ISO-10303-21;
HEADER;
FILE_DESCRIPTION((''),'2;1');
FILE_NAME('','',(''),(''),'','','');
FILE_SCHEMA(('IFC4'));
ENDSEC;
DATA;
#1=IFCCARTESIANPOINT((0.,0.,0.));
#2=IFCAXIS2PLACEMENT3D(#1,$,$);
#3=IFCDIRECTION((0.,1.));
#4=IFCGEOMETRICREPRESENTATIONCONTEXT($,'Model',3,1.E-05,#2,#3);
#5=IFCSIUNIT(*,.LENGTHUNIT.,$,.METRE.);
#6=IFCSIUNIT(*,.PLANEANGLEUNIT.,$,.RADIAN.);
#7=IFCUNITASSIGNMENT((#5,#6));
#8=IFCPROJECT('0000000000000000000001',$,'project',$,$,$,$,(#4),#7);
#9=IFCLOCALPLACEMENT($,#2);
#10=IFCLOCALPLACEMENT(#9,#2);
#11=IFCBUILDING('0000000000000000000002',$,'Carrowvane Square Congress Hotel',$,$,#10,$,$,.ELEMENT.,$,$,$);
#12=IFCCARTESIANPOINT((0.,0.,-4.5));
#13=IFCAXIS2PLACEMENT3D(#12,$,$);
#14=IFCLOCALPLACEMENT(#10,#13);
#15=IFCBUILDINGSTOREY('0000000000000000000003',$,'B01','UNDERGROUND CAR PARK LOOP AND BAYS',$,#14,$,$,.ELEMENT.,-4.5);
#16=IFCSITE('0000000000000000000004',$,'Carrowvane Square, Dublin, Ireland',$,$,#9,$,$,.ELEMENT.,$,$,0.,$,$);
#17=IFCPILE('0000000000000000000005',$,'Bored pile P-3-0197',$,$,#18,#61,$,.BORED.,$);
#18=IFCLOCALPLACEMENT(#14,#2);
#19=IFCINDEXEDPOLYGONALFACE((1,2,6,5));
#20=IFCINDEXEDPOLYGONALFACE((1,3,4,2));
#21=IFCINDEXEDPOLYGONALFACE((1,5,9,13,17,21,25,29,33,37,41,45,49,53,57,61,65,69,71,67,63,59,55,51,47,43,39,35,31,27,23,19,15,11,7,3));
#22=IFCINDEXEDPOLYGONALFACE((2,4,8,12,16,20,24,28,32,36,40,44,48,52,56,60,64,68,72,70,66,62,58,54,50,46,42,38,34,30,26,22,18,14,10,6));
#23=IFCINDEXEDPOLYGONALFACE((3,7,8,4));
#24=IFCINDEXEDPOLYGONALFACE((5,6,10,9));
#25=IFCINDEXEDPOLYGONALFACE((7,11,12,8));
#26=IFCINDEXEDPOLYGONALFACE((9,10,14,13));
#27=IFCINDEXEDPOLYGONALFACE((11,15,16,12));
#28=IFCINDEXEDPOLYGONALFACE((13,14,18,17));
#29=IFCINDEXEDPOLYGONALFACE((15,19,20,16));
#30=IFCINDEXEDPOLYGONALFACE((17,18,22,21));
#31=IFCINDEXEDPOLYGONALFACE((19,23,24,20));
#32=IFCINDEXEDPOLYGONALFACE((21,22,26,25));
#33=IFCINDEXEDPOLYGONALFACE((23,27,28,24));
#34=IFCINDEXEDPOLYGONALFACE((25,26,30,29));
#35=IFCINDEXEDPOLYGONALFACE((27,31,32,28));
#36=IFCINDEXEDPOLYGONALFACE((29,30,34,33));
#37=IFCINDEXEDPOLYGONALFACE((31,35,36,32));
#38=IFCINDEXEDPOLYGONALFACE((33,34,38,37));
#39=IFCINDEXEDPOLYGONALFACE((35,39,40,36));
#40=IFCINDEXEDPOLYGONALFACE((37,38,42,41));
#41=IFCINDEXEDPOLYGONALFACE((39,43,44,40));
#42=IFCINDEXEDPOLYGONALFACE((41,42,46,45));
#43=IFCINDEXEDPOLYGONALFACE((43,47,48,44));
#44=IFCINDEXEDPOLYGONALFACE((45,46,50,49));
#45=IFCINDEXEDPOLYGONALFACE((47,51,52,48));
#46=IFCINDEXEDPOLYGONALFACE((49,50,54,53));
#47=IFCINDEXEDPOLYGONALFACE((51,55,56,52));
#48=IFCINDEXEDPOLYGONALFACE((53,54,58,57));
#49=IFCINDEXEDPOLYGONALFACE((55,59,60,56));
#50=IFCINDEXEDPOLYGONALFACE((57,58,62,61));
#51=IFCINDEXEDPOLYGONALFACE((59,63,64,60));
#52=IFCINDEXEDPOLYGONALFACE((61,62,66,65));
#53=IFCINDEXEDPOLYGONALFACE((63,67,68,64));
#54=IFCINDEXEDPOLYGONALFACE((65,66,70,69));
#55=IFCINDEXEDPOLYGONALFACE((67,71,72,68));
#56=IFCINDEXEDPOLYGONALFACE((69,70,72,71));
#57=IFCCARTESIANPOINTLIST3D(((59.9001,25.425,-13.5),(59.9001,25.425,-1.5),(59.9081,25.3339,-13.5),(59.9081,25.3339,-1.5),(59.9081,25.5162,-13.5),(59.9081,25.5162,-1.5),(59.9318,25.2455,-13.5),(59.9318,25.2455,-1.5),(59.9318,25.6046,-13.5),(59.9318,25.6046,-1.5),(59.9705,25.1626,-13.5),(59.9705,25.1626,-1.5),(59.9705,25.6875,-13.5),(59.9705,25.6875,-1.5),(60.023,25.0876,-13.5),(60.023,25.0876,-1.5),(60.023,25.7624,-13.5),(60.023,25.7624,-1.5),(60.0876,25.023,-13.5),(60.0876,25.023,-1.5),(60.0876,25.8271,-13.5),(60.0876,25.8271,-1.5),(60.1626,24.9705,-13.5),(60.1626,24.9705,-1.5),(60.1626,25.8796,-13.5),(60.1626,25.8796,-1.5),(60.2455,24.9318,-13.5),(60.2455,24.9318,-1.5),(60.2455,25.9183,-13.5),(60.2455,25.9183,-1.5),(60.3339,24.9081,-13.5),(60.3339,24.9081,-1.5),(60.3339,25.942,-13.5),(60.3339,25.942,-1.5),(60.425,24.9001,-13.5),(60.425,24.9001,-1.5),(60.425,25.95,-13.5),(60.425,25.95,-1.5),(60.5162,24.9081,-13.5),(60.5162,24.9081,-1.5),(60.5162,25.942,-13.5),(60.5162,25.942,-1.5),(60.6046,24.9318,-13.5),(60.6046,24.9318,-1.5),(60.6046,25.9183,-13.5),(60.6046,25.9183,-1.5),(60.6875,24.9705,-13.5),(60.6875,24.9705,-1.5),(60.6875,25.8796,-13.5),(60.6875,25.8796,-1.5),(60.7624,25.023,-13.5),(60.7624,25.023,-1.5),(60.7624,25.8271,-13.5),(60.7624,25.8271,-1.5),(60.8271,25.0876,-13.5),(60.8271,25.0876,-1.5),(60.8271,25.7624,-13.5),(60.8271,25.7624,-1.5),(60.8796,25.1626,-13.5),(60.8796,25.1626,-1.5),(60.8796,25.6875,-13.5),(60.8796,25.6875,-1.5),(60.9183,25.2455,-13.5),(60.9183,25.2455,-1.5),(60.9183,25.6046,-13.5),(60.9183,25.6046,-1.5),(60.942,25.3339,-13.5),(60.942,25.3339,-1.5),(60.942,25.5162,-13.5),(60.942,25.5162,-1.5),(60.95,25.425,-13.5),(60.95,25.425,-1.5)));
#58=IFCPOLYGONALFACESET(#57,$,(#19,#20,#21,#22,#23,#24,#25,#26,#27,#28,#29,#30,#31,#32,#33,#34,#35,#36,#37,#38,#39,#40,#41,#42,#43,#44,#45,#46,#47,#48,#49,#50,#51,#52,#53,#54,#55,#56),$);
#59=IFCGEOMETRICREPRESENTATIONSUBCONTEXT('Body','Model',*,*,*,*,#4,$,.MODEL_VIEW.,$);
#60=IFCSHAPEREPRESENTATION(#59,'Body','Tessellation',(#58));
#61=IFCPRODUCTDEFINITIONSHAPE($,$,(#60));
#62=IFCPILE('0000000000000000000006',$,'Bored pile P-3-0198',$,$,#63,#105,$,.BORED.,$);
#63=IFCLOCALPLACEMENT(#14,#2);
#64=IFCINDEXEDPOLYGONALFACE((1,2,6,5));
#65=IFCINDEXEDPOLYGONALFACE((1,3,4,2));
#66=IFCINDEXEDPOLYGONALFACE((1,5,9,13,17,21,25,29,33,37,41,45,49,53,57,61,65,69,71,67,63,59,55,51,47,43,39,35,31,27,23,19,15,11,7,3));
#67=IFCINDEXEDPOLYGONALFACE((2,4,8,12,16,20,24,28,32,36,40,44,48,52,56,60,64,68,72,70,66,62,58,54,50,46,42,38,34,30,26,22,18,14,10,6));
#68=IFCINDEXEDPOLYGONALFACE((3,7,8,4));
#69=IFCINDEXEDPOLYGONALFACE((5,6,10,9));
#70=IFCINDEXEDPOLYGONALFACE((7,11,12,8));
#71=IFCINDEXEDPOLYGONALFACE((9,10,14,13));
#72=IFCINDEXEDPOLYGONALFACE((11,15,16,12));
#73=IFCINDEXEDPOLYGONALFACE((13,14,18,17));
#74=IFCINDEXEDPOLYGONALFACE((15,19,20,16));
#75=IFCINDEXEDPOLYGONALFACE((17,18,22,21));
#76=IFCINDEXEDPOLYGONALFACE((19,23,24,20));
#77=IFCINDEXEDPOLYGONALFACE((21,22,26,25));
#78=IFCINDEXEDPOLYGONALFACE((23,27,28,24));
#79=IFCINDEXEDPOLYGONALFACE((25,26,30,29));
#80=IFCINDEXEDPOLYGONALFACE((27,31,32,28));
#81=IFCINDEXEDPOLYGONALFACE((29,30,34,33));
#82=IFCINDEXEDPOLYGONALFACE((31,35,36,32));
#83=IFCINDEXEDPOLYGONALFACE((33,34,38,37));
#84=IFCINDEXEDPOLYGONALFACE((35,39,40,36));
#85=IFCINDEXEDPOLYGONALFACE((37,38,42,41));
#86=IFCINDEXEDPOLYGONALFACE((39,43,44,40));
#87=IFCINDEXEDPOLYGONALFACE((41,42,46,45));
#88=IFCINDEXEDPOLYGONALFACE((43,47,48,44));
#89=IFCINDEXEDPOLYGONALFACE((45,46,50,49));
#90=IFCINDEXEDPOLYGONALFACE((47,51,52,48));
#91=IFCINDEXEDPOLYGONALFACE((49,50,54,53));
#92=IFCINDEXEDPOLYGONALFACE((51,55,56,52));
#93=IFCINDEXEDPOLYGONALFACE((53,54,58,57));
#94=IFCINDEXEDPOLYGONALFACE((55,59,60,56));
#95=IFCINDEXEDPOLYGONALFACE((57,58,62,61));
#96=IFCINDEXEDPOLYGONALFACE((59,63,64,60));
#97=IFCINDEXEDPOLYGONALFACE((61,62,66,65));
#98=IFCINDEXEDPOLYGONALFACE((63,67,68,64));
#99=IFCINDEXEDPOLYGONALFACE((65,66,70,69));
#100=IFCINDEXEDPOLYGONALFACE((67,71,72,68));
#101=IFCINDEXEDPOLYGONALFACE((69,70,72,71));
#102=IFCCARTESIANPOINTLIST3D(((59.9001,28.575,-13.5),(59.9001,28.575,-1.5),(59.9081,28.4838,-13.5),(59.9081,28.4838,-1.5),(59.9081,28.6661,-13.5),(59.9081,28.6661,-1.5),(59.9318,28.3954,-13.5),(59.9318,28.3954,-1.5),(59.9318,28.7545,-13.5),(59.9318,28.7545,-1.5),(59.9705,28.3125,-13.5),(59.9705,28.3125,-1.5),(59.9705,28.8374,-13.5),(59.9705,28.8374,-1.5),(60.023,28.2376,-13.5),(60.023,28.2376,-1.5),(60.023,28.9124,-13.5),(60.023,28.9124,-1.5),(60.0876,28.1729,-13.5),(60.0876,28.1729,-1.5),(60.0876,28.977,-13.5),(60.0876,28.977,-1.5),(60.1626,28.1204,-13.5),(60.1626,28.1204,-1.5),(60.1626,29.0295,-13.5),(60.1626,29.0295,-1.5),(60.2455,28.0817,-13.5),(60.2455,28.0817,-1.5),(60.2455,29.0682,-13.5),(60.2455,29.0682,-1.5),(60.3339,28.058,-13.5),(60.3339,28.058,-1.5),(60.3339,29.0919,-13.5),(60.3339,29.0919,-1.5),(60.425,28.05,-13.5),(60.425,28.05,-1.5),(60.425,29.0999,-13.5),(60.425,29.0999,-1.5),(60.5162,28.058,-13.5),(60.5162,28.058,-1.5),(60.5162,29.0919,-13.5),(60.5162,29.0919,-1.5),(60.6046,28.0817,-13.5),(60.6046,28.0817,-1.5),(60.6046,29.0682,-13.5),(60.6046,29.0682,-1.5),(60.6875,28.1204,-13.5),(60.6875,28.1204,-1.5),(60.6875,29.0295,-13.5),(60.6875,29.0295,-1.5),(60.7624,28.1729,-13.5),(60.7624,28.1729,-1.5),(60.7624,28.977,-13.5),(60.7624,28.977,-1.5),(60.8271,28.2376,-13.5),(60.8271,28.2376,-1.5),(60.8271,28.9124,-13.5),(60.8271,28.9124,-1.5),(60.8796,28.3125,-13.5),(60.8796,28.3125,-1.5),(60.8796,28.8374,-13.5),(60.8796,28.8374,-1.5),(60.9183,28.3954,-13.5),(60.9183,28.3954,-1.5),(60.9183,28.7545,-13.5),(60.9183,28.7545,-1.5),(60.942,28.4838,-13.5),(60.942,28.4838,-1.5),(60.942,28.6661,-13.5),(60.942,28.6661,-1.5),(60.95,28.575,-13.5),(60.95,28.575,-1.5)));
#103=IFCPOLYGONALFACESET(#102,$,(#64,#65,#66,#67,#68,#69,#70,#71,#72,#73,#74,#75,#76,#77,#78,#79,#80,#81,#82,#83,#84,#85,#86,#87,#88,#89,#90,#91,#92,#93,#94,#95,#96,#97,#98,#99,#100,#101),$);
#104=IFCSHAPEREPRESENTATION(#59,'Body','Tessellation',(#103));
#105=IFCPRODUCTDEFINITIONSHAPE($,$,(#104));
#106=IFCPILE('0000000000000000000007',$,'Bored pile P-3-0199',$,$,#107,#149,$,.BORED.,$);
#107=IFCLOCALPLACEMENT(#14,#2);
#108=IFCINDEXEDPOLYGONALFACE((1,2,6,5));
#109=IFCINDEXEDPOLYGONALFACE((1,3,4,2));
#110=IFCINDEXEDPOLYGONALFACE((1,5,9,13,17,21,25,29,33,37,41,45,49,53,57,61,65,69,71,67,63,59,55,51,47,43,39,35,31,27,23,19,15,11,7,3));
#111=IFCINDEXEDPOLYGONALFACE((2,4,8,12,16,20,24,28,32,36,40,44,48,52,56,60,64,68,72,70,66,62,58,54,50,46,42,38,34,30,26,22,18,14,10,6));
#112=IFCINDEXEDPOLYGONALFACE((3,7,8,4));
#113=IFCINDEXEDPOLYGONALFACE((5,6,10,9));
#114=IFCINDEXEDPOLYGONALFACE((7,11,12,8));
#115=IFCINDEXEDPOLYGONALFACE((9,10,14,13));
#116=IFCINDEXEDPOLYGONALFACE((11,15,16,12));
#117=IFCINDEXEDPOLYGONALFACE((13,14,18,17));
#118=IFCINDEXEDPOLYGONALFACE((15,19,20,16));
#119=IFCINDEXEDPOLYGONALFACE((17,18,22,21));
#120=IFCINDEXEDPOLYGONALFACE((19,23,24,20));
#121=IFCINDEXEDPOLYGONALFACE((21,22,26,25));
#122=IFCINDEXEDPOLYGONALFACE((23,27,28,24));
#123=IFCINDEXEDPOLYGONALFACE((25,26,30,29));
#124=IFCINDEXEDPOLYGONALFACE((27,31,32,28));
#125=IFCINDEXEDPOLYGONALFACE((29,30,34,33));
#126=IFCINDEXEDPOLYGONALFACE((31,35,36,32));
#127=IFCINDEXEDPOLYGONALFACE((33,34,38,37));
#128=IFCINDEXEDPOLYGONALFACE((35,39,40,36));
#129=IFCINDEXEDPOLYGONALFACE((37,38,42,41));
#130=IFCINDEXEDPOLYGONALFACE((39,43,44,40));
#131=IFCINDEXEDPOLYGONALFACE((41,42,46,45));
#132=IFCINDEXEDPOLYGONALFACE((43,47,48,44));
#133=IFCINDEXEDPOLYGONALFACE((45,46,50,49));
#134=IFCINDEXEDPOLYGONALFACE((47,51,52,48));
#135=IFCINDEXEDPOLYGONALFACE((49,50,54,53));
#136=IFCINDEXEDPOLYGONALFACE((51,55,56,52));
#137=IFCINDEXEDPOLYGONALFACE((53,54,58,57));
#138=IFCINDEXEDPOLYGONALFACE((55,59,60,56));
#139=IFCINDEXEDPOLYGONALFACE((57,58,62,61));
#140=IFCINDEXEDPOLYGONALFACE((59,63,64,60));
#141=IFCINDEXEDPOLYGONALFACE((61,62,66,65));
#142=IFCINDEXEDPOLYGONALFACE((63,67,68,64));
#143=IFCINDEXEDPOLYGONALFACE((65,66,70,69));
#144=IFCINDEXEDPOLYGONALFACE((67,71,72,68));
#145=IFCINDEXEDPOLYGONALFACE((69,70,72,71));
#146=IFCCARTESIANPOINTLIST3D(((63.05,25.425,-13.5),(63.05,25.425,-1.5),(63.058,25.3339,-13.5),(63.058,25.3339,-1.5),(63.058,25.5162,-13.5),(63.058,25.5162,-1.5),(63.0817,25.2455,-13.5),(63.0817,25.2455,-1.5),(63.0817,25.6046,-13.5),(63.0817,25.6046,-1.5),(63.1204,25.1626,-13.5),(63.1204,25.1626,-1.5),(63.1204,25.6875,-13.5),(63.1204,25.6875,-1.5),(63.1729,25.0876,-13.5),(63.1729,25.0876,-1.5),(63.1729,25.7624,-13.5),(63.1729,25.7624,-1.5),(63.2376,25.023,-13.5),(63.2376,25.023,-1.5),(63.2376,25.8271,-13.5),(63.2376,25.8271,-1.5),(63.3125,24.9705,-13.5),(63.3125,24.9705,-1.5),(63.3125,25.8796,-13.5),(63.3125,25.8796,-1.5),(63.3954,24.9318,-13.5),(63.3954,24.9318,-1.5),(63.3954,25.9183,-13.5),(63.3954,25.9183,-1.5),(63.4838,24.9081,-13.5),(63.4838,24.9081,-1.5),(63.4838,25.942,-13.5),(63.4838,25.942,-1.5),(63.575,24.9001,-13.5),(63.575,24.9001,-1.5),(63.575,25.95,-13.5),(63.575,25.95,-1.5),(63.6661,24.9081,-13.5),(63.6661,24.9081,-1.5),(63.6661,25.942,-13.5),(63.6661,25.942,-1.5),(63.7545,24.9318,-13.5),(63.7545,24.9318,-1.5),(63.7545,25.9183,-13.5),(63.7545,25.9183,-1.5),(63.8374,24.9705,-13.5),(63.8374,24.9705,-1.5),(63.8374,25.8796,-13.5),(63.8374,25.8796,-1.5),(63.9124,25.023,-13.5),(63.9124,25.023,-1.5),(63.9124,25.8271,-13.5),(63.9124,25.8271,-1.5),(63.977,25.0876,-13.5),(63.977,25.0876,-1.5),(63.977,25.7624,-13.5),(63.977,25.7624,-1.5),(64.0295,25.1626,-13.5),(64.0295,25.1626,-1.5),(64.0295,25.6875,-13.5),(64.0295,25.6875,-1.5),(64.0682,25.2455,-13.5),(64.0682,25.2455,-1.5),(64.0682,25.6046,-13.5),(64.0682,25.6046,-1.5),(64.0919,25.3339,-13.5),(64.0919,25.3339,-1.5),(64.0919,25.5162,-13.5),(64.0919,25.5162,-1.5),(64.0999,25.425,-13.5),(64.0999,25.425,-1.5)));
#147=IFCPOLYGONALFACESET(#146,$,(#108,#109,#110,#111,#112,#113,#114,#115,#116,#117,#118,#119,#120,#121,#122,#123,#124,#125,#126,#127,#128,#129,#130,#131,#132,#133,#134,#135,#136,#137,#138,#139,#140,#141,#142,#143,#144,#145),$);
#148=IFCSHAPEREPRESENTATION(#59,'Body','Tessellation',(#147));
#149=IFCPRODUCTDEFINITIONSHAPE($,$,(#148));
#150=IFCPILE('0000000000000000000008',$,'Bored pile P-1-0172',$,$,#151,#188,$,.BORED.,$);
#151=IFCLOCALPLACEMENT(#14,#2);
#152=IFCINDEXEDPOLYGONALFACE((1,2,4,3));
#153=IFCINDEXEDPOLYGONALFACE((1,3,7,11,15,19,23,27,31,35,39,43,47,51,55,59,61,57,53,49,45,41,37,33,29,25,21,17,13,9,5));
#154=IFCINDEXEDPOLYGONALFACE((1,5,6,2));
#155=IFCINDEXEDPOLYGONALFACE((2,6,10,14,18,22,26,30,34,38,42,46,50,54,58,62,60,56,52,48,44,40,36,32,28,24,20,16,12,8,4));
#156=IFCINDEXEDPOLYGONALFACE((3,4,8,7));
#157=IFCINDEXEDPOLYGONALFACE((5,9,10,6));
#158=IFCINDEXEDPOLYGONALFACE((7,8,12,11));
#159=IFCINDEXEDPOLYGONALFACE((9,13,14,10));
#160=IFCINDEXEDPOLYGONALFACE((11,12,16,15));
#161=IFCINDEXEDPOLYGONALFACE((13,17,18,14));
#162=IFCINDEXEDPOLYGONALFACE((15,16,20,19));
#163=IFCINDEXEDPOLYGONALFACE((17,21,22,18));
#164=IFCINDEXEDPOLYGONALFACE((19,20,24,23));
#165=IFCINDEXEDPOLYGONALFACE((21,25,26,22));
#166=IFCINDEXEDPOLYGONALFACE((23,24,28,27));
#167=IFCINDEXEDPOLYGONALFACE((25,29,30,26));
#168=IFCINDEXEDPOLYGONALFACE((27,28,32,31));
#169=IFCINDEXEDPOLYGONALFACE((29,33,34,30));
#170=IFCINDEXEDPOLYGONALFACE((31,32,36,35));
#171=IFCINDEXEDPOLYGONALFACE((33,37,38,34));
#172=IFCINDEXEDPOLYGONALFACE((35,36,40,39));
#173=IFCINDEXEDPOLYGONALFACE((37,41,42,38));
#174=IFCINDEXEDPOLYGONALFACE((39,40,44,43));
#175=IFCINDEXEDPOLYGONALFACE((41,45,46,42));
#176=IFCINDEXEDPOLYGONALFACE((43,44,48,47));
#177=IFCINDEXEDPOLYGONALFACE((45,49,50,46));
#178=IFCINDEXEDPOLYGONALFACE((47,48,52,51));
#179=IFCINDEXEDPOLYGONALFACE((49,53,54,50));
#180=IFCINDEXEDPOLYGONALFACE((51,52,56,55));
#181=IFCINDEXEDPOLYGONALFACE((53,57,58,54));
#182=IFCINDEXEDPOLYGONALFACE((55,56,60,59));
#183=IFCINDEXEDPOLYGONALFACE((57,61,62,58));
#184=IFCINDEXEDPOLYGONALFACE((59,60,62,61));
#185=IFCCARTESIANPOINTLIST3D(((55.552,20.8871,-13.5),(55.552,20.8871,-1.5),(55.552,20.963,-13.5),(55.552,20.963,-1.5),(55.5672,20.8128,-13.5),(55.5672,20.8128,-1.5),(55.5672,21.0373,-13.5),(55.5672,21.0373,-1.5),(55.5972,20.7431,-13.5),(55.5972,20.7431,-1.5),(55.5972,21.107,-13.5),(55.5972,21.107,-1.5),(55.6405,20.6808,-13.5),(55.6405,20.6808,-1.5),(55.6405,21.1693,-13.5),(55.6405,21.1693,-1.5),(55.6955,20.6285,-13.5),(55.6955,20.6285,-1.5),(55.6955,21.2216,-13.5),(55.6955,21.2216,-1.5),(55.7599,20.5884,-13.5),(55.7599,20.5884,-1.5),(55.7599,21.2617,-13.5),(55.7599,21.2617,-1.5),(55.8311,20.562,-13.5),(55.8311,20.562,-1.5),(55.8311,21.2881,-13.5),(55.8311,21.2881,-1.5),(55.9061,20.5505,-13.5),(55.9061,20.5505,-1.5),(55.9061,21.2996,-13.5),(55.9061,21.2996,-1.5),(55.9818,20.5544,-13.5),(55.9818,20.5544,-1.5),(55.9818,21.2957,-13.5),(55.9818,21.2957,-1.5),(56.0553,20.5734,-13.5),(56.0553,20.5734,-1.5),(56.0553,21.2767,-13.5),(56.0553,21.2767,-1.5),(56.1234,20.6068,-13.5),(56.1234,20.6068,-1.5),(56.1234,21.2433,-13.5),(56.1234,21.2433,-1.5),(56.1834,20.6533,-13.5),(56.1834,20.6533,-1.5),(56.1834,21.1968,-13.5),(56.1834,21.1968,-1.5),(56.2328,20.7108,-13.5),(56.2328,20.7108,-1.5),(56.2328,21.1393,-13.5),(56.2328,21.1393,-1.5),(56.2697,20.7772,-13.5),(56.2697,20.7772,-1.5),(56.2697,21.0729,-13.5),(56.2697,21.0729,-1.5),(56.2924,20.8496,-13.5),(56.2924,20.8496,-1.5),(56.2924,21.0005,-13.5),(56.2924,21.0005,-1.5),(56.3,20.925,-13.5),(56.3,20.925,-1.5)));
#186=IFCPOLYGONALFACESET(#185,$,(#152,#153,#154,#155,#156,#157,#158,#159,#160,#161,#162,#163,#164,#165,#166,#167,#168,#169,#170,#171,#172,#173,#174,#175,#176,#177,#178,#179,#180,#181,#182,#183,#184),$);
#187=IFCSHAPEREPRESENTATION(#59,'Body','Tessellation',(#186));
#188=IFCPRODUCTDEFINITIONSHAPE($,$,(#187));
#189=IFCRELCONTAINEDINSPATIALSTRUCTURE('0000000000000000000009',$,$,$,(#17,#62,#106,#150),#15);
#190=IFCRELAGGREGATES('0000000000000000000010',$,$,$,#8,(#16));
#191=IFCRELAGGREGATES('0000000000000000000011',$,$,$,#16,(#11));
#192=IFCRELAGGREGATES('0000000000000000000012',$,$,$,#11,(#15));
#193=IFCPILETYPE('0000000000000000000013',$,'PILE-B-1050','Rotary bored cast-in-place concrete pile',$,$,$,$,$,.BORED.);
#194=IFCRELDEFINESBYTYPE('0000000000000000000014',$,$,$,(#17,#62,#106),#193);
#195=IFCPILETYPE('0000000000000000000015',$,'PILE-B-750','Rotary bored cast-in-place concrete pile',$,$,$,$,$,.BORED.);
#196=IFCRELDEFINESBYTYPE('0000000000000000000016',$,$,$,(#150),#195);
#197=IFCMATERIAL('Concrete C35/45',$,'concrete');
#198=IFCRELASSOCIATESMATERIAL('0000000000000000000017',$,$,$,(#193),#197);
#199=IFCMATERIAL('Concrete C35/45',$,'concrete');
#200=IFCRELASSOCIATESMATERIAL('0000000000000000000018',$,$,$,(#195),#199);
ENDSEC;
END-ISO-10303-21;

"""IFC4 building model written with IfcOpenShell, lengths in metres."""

from ifc_helpers import new_model, si_unit, direction, frame, origin, origin_2d, place, context, subcontext, project, spatial, circle, extrude, material, material_profile, profile_set, type_object, element, save


model = new_model("IFC4")

# Units and contexts
model_context = context("Model", 3, precision=1e-05, world=origin(), true_north=direction((0.0, 1.0)))
body_context = subcontext(model_context, "Body", "Model", "MODEL_VIEW")
ifc_project = project(units=[si_unit("LENGTHUNIT", "METRE"), si_unit("PLANEANGLEUNIT", "RADIAN")], contexts=[model_context])

# Site, building, storey
site_placement = place(None, origin())
site = spatial("IfcSite", under=ifc_project, at=site_placement, Name="Carrowvane Square, Dublin, Ireland", CompositionType="ELEMENT", RefElevation=0.0)
building_placement = place(site_placement, origin())
building = spatial("IfcBuilding", under=site, at=building_placement, Name="Carrowvane Square Congress Hotel", CompositionType="ELEMENT")
storey_placement = place(building_placement, frame((0.0, 0.0, -4.5)))
storey = spatial("IfcBuildingStorey", under=building, at=storey_placement, Name="B01", Description="UNDERGROUND CAR PARK LOOP AND BAYS", CompositionType="ELEMENT", Elevation=-4.5)

# Piles
ifc_material_1 = material(Name="Concrete C35/45", Category="concrete")
ifc_material_profile_1 = material_profile(ifc_material_1, circle(Radius=0.5249, at=origin_2d()), Name="PILE D1050")
ifc_profile_set_1 = profile_set([ifc_material_profile_1], Name="Concrete C35/45")
pile_type_1 = type_object("IfcPileType", Name="PILE-B-1050", Description="Rotary bored cast-in-place concrete pile", PredefinedType="BORED", material=ifc_profile_set_1)
for number, where, z_axis, x_axis, name in (
    (1, (60.425, 25.425, -1.5), (0.0, 0.0, -1.0), (1.0, 0.0, 0.0), "Bored pile P-3-0197"),
    (2, (60.425, 28.575, -1.5), (0.0, 0.0, -1.0), (1.0, 0.0, 0.0), "Bored pile P-3-0198"),
    (3, (63.575, 25.425, -1.5), (0.0, 0.0, -1.0), (1.0, 0.0, 0.0), "Bored pile P-3-0199"),
):
    element("IfcPile", number, at=place(storey_placement, frame(where, z_axis=z_axis, x_axis=x_axis)), inside=storey, type_object=pile_type_1, Name=name, PredefinedType="BORED", context=body_context, shape_type="SweptSolid", body=[
        extrude(circle(Radius=0.5249, at=origin_2d()), origin(), (0.0, 0.0, 1.0), 12.0),
    ])
ifc_material_2 = material(Name="Concrete C35/45", Category="concrete")
ifc_material_profile_2 = material_profile(ifc_material_2, circle(Radius=0.375, at=origin_2d()), Name="PILE D750")
ifc_profile_set_2 = profile_set([ifc_material_profile_2], Name="Concrete C35/45")
pile_type_2 = type_object("IfcPileType", Name="PILE-B-750", Description="Rotary bored cast-in-place concrete pile", PredefinedType="BORED", material=ifc_profile_set_2)
for number, where, z_axis, x_axis, name in (
    (4, (55.925, 20.925, -1.5), (0.0, 0.0, -1.0), (1.0, 0.0, 0.0), "Bored pile P-1-0172"),
):
    element("IfcPile", number, at=place(storey_placement, frame(where, z_axis=z_axis, x_axis=x_axis)), inside=storey, type_object=pile_type_2, Name=name, PredefinedType="BORED", context=body_context, shape_type="SweptSolid", body=[
        extrude(circle(Radius=0.375, at=origin_2d()), origin(), (0.0, 0.0, 1.0), 12.0),
    ])

save(model, "model.ifc")
